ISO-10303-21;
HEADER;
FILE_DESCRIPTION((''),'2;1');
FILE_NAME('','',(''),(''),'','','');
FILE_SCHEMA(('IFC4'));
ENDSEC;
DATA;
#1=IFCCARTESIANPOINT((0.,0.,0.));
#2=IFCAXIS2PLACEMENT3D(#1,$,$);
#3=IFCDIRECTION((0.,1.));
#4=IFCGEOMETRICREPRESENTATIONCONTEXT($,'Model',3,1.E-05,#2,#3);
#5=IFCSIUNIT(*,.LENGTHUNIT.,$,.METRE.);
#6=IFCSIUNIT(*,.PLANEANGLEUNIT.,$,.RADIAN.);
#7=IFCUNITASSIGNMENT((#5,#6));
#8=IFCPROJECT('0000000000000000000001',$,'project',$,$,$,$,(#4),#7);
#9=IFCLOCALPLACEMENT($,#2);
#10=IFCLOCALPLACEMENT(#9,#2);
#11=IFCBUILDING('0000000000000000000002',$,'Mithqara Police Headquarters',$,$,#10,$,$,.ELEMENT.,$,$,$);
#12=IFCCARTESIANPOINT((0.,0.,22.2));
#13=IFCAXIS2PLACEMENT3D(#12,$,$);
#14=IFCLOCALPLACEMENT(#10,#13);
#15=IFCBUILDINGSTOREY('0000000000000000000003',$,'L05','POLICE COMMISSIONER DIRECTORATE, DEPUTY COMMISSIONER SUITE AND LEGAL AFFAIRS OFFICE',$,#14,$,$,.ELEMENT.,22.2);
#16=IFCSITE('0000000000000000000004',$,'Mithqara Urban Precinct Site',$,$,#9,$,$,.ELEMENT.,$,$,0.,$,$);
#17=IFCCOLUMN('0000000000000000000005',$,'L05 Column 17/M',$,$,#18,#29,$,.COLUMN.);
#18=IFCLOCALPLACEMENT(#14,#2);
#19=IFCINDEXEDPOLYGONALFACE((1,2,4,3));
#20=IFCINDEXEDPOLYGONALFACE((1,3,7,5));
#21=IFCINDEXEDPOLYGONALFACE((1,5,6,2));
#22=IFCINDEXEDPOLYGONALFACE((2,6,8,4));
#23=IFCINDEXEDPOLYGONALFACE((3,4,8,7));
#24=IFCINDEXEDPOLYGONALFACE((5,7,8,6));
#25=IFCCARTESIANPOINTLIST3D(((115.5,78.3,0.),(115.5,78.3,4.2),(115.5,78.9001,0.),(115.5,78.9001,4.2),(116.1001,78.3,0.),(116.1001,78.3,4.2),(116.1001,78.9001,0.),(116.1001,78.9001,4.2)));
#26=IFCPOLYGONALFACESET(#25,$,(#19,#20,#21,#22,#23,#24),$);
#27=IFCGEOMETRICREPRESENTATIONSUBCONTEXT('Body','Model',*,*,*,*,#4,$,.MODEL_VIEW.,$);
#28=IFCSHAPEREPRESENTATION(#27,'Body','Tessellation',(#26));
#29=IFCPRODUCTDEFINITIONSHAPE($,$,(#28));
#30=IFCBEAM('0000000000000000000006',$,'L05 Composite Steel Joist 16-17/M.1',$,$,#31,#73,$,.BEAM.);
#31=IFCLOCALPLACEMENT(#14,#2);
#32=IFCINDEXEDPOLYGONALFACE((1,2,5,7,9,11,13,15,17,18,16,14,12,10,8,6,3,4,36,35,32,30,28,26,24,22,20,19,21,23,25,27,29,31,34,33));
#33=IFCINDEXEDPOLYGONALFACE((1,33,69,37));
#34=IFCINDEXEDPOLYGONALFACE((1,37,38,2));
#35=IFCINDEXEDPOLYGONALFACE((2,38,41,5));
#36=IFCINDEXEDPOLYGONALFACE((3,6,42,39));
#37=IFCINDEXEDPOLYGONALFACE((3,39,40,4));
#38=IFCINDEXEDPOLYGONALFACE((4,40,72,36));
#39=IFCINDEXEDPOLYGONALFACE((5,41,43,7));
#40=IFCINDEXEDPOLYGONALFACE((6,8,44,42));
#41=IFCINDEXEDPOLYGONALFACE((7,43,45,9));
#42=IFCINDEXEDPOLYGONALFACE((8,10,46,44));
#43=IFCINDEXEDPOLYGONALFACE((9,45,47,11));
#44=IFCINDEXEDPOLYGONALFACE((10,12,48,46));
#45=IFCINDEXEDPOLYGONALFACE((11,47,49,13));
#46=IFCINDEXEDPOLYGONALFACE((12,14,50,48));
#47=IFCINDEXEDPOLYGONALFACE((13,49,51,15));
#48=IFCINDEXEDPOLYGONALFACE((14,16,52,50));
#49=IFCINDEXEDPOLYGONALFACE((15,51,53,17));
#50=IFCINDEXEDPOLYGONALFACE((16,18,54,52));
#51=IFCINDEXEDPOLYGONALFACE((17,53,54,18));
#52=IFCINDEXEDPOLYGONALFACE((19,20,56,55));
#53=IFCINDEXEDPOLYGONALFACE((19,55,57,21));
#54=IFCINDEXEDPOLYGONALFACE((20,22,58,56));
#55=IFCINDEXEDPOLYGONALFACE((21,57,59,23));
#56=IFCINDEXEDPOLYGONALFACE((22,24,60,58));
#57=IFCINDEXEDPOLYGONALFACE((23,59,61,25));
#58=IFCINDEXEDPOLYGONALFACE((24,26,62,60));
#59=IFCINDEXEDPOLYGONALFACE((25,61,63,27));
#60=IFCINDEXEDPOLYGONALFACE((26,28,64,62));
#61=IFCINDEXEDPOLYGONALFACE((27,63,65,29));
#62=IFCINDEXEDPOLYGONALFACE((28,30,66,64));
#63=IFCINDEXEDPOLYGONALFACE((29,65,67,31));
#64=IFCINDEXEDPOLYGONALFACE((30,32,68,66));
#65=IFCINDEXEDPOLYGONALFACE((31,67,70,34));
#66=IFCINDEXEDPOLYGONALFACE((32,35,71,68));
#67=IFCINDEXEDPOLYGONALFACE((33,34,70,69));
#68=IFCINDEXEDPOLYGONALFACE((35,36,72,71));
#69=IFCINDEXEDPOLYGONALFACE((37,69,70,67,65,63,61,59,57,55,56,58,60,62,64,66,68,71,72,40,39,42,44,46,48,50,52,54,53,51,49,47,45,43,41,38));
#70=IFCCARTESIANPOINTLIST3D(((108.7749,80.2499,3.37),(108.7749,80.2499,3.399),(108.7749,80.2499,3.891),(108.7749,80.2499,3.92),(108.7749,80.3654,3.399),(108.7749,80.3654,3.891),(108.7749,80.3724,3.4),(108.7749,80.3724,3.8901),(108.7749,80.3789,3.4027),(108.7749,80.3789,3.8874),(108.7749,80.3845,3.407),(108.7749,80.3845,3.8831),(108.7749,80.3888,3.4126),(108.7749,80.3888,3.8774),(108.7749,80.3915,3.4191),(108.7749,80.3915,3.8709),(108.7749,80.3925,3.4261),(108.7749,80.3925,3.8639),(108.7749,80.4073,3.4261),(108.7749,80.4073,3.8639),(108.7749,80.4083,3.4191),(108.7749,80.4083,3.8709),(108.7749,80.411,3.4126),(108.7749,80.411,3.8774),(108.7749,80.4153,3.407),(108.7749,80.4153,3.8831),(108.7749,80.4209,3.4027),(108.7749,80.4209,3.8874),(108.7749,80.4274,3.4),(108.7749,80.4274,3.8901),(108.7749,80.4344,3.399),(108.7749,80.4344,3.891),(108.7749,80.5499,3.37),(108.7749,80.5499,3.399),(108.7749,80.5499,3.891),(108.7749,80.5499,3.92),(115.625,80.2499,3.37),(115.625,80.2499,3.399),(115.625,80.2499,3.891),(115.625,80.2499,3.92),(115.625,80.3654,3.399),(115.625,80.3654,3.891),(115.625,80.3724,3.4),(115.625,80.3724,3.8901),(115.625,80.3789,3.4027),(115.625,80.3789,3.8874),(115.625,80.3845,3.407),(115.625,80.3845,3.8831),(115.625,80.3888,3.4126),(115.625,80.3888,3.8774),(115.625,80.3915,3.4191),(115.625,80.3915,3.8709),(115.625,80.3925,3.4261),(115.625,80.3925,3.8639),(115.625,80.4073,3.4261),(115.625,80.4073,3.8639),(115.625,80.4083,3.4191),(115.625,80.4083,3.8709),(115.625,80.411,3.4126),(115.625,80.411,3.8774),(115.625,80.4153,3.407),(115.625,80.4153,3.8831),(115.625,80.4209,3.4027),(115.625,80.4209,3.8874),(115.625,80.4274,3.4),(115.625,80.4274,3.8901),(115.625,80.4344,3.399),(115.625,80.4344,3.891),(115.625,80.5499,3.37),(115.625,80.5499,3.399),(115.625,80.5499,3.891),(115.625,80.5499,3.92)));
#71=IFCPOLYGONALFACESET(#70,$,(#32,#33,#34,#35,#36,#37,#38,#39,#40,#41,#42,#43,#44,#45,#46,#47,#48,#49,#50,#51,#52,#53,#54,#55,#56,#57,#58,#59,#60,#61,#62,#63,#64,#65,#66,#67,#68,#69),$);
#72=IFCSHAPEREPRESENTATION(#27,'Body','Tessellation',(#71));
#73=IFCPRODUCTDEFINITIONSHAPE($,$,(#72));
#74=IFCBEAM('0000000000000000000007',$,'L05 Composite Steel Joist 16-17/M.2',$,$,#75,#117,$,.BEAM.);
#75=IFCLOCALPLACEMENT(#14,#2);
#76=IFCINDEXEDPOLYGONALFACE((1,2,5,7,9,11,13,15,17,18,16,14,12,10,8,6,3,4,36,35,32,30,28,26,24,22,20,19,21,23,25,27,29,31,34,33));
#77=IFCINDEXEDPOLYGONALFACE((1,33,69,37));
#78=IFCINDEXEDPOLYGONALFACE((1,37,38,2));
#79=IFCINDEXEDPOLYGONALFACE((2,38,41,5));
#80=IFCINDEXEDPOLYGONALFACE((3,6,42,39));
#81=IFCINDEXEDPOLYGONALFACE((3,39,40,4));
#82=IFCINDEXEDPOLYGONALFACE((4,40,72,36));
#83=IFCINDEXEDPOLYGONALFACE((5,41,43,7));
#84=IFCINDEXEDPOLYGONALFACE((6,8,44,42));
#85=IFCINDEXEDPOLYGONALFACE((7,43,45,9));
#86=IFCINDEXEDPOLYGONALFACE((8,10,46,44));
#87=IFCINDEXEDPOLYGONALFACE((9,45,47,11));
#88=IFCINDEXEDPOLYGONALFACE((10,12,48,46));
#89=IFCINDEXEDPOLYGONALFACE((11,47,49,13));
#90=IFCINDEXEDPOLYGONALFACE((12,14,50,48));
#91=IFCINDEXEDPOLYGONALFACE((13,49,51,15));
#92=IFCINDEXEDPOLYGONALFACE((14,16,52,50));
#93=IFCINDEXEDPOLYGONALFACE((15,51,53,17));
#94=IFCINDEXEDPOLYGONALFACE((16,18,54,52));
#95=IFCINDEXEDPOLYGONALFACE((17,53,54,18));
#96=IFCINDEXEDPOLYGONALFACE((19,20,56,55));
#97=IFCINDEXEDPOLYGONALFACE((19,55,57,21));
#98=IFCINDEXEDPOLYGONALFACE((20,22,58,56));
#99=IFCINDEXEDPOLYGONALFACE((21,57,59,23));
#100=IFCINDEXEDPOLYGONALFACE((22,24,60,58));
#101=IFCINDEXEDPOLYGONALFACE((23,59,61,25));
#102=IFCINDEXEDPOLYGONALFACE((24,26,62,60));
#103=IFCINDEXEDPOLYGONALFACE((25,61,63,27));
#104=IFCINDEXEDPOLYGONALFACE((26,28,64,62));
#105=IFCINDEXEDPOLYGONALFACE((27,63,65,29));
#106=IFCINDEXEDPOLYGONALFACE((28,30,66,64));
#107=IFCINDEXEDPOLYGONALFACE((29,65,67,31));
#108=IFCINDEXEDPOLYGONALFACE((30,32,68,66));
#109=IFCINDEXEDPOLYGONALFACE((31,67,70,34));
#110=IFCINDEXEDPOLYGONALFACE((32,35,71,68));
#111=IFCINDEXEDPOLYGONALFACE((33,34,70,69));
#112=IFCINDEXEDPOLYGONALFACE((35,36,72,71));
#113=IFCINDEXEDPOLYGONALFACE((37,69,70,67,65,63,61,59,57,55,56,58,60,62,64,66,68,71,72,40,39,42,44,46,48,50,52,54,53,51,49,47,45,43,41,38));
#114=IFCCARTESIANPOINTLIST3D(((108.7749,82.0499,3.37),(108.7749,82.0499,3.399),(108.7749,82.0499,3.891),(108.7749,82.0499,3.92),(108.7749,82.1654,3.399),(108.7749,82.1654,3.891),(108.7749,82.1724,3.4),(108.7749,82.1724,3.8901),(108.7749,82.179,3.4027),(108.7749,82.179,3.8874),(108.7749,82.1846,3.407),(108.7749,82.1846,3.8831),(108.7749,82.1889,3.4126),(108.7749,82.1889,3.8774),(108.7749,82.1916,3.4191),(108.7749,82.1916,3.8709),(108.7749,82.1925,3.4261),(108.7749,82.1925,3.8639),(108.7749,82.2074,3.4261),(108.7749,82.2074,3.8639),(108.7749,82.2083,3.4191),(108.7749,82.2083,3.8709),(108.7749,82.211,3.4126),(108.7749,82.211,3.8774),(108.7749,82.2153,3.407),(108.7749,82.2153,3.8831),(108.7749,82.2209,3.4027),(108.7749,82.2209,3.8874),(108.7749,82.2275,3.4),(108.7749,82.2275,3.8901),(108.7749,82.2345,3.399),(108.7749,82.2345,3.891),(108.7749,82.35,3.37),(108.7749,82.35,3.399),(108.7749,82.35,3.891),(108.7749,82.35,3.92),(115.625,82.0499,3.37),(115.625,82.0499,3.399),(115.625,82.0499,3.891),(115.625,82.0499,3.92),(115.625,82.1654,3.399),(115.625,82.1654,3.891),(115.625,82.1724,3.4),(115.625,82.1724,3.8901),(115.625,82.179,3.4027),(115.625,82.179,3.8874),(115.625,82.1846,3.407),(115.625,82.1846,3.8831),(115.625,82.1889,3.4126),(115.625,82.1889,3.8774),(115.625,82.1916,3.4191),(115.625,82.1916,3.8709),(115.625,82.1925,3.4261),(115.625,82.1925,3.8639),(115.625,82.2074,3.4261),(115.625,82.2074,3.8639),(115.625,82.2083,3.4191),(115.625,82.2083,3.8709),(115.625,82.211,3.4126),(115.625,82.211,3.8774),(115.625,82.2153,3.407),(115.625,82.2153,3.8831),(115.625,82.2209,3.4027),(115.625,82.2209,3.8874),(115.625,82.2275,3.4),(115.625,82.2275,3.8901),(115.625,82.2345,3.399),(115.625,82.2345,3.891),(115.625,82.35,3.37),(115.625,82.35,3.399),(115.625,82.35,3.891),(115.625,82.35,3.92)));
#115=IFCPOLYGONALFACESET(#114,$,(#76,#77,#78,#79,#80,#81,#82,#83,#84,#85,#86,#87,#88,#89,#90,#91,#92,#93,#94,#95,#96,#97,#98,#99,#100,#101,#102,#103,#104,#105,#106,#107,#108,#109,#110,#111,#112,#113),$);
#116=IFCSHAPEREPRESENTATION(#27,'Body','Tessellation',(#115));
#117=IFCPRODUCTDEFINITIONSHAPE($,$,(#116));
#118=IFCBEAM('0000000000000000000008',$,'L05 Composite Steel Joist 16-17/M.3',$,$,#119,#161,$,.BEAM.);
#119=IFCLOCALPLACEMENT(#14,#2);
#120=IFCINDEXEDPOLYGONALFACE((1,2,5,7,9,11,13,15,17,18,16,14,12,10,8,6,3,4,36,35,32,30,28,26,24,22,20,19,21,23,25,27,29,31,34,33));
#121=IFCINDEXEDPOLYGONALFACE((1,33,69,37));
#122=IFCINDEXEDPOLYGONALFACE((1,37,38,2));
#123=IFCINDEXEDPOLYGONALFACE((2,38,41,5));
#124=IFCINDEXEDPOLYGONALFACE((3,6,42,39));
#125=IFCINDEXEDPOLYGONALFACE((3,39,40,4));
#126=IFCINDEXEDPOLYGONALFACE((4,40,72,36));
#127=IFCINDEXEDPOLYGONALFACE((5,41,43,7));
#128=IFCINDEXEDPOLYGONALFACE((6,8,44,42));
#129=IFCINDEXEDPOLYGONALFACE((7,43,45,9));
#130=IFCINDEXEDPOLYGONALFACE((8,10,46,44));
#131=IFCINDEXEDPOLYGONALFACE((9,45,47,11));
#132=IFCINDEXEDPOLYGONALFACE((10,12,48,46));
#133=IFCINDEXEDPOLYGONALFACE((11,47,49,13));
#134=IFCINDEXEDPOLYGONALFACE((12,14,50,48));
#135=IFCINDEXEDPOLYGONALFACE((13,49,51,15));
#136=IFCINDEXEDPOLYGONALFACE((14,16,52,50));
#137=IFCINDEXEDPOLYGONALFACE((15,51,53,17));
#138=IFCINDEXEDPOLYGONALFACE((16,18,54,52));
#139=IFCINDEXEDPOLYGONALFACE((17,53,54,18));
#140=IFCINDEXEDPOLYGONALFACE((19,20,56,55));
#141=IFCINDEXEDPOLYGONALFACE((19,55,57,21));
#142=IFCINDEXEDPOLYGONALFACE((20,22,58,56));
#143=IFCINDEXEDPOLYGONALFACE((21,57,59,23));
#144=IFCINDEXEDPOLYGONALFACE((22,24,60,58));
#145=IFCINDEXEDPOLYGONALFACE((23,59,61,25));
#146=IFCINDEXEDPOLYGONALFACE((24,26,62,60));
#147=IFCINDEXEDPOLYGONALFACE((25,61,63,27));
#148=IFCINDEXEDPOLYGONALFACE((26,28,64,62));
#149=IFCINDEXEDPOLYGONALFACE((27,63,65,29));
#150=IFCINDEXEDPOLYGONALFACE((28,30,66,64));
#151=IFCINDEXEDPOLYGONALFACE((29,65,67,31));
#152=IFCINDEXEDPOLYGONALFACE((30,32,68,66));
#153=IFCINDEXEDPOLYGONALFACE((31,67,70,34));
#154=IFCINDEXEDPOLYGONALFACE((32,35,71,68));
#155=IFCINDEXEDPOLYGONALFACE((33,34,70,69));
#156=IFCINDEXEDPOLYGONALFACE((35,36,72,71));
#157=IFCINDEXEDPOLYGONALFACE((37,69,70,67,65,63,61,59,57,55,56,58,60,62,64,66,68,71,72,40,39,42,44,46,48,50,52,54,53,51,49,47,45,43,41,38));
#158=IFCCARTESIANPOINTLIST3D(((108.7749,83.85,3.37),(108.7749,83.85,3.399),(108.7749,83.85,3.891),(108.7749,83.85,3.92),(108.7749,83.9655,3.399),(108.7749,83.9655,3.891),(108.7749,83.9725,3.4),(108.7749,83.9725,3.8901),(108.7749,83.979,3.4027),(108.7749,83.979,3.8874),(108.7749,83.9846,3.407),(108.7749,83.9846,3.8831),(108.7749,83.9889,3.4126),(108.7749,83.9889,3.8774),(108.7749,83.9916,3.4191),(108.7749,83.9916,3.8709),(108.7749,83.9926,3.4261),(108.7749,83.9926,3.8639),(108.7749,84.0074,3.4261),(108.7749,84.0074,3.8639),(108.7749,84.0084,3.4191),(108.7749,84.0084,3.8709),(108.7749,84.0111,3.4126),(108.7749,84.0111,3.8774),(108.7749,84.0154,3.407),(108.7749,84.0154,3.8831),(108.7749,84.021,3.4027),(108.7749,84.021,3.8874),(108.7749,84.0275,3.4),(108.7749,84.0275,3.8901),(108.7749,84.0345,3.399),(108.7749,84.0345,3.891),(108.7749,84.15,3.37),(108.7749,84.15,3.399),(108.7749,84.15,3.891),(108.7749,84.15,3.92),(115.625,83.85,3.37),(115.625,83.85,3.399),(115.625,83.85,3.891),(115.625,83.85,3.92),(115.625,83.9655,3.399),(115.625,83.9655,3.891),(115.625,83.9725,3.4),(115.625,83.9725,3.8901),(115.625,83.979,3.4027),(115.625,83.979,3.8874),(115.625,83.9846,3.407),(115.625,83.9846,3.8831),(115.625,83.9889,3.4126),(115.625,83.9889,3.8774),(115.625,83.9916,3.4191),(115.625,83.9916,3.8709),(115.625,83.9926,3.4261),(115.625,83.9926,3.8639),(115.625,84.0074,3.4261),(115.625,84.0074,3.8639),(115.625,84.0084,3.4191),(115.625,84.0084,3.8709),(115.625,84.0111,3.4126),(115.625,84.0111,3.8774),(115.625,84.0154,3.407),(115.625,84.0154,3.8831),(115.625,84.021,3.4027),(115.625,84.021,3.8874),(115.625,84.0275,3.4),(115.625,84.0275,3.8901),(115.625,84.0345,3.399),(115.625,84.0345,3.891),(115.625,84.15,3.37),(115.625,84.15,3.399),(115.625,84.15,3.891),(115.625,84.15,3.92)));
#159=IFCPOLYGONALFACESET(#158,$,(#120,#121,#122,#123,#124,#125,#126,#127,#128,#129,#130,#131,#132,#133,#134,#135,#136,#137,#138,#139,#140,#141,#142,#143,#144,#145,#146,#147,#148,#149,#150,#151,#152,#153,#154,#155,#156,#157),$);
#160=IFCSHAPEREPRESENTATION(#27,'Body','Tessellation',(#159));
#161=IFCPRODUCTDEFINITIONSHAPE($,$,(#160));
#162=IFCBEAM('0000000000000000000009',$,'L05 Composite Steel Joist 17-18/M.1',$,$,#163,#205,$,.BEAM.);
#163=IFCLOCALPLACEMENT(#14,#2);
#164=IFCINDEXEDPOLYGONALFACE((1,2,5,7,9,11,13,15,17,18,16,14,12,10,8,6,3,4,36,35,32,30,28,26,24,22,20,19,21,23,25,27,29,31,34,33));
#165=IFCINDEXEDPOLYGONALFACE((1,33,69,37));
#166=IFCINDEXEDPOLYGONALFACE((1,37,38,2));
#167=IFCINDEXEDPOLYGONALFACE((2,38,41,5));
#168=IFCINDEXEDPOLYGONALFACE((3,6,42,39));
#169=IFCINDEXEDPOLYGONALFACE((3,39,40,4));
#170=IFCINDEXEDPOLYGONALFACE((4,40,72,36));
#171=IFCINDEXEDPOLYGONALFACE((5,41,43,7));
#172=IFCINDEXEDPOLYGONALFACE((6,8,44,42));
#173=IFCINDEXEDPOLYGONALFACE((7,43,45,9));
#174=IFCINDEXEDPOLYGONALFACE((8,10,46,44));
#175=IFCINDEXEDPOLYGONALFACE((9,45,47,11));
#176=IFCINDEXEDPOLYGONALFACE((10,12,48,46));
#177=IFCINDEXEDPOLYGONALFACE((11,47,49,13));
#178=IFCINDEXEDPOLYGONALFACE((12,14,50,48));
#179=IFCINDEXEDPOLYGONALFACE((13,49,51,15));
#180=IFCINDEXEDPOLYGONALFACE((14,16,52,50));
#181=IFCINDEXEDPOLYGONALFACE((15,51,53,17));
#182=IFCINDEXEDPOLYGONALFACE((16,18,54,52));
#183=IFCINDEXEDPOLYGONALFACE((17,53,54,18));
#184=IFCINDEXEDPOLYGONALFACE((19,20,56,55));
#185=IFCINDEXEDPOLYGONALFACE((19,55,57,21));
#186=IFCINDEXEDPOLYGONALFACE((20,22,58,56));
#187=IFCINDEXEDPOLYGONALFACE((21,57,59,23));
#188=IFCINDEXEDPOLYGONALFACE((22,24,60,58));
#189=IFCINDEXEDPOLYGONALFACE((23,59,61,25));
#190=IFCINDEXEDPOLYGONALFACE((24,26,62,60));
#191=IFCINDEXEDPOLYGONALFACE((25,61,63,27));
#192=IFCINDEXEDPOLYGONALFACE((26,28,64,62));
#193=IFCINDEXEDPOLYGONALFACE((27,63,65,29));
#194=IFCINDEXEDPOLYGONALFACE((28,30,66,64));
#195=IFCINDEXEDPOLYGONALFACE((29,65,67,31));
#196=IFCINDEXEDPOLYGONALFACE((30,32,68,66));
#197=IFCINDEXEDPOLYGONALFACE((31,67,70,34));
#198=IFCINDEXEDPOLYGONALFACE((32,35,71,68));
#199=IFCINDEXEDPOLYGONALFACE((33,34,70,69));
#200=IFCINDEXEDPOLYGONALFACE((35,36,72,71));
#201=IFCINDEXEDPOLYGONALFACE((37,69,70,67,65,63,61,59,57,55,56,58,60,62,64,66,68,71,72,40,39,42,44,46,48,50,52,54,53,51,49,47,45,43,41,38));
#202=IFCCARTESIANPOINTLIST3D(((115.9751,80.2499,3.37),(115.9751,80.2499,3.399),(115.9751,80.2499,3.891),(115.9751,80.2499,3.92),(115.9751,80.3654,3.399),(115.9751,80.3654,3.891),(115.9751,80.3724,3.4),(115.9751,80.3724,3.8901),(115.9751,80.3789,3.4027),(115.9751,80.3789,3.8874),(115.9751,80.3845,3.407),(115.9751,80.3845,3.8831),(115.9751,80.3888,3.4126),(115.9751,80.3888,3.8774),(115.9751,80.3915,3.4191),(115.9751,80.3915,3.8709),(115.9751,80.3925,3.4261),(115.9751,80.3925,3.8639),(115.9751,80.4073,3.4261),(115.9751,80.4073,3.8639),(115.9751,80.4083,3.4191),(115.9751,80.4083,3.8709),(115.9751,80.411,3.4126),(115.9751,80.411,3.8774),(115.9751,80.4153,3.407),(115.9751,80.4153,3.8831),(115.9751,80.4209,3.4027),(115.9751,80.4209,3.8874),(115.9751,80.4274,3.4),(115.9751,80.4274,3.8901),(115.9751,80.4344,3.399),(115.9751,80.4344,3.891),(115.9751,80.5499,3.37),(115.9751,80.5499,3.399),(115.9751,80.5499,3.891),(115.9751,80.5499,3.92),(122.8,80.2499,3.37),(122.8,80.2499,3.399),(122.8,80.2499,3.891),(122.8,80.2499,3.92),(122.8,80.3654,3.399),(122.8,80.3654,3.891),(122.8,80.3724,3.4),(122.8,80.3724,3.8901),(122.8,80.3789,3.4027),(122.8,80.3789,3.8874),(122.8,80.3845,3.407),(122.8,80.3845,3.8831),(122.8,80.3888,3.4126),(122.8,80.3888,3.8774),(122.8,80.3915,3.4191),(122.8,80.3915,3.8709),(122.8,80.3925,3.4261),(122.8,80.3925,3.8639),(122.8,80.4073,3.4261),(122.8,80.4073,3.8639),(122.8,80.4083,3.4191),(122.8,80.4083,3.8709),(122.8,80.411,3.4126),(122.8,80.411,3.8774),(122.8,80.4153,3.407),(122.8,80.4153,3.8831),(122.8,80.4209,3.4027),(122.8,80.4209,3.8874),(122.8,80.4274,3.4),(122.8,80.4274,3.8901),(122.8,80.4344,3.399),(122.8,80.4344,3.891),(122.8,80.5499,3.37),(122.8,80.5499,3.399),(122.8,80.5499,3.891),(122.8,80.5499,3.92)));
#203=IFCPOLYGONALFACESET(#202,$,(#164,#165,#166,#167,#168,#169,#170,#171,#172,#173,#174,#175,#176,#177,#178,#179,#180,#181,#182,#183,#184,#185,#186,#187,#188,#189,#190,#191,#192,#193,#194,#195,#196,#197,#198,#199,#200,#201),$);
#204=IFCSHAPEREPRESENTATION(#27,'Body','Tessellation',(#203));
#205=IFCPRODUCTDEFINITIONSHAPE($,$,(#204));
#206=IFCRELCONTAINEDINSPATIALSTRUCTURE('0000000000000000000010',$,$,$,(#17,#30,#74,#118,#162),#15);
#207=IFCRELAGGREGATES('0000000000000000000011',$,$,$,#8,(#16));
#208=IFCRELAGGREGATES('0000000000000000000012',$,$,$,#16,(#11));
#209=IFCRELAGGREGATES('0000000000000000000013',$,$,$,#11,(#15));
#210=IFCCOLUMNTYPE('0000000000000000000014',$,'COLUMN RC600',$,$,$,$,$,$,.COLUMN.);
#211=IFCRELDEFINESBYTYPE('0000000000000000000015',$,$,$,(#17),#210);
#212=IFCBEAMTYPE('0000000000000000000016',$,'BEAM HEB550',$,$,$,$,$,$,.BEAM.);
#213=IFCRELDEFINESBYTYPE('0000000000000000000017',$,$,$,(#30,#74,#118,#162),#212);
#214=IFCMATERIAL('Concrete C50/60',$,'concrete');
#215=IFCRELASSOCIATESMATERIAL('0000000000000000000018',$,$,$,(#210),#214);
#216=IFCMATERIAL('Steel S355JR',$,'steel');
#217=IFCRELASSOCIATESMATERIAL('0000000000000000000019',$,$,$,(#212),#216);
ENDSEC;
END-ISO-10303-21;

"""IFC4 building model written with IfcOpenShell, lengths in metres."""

from ifc_helpers import new_model, si_unit, direction, frame, origin, origin_2d, place, context, subcontext, project, spatial, rectangle, i_section, extrude, material, material_profile, profile_set, type_object, element, save


model = new_model("IFC4")

# Units and contexts
model_context = context("Model", 3, precision=1e-05, world=origin(), true_north=direction((0.0, 1.0)))
body_context = subcontext(model_context, "Body", "Model", "MODEL_VIEW")
ifc_project = project(units=[si_unit("LENGTHUNIT", "METRE"), si_unit("PLANEANGLEUNIT", "RADIAN")], contexts=[model_context])

# Site, building, storey
site_placement = place(None, origin())
site = spatial("IfcSite", under=ifc_project, at=site_placement, Name="Mithqara Urban Precinct Site", CompositionType="ELEMENT", RefElevation=0.0)
building_placement = place(site_placement, origin())
building = spatial("IfcBuilding", under=site, at=building_placement, Name="Mithqara Police Headquarters", CompositionType="ELEMENT")
storey_placement = place(building_placement, frame((0.0, 0.0, 22.2)))
storey = spatial("IfcBuildingStorey", under=building, at=storey_placement, Name="L05", Description="POLICE COMMISSIONER DIRECTORATE, DEPUTY COMMISSIONER SUITE AND LEGAL AFFAIRS OFFICE", CompositionType="ELEMENT", Elevation=22.2)

# Column
ifc_material_1 = material(Name="Concrete C50/60", Category="concrete")
ifc_material_profile_1 = material_profile(ifc_material_1, rectangle(XDim=0.6001, YDim=0.6001, at=origin_2d()), Name="RC 600x600")
ifc_profile_set_1 = profile_set([ifc_material_profile_1], Name="Concrete C50/60")
column_type = type_object("IfcColumnType", Name="COLUMN RC600", PredefinedType="COLUMN", material=ifc_profile_set_1)
column_placement = place(storey_placement, frame((115.8, 78.6001, 0.0), z_axis=(0.0, 0.0, 1.0), x_axis=(1.0, 0.0, 0.0)))
element("IfcColumn", 1, at=column_placement, inside=storey, type_object=column_type, Name="L05 Column 17/M", PredefinedType="COLUMN", context=body_context, shape_type="SweptSolid", body=[
    extrude(rectangle(XDim=0.6001, YDim=0.6001, at=origin_2d()), origin(), (0.0, 0.0, 1.0), 4.2),
])

# Beams
ifc_material_2 = material(Name="Steel S355JR", Category="steel")
ifc_material_profile_2 = material_profile(ifc_material_2, i_section(OverallWidth=0.3, OverallDepth=0.55, WebThickness=0.0149, FlangeThickness=0.0291, FilletRadius=0.0271, at=origin_2d()), Name="HEB 550")
ifc_profile_set_2 = profile_set([ifc_material_profile_2], Name="Steel S355JR")
beam_type_1 = type_object("IfcBeamType", Name="BEAM HEB550", PredefinedType="BEAM", material=ifc_profile_set_2)
for number, where, z_axis, x_axis, name in (
    (2, (108.7749, 80.3999, 3.645), (1.0, 0.0, 0.0), (0.0, 1.0, 0.0), "L05 Composite Steel Joist 16-17/M.1"),
    (3, (108.7749, 82.2, 3.645), (1.0, 0.0, 0.0), (0.0, 1.0, 0.0), "L05 Composite Steel Joist 16-17/M.2"),
    (4, (108.7749, 84.0, 3.645), (1.0, 0.0, 0.0), (0.0, 1.0, 0.0), "L05 Composite Steel Joist 16-17/M.3"),
):
    element("IfcBeam", number, at=place(storey_placement, frame(where, z_axis=z_axis, x_axis=x_axis)), inside=storey, type_object=beam_type_1, Name=name, PredefinedType="BEAM", context=body_context, shape_type="SweptSolid", body=[
        extrude(i_section(OverallWidth=0.3, OverallDepth=0.55, WebThickness=0.0149, FlangeThickness=0.0291, FilletRadius=0.0271, at=origin_2d()), origin(), (0.0, 0.0, 1.0), 6.8501),
    ])
for number, where, z_axis, x_axis, name in (
    (5, (115.9751, 80.3999, 3.645), (1.0, 0.0, 0.0), (0.0, 1.0, 0.0), "L05 Composite Steel Joist 17-18/M.1"),
):
    element("IfcBeam", number, at=place(storey_placement, frame(where, z_axis=z_axis, x_axis=x_axis)), inside=storey, type_object=beam_type_1, Name=name, PredefinedType="BEAM", context=body_context, shape_type="SweptSolid", body=[
        extrude(i_section(OverallWidth=0.3, OverallDepth=0.55, WebThickness=0.0149, FlangeThickness=0.0291, FilletRadius=0.0271, at=origin_2d()), origin(), (0.0, 0.0, 1.0), 6.825),
    ])

save(model, "model.ifc")
